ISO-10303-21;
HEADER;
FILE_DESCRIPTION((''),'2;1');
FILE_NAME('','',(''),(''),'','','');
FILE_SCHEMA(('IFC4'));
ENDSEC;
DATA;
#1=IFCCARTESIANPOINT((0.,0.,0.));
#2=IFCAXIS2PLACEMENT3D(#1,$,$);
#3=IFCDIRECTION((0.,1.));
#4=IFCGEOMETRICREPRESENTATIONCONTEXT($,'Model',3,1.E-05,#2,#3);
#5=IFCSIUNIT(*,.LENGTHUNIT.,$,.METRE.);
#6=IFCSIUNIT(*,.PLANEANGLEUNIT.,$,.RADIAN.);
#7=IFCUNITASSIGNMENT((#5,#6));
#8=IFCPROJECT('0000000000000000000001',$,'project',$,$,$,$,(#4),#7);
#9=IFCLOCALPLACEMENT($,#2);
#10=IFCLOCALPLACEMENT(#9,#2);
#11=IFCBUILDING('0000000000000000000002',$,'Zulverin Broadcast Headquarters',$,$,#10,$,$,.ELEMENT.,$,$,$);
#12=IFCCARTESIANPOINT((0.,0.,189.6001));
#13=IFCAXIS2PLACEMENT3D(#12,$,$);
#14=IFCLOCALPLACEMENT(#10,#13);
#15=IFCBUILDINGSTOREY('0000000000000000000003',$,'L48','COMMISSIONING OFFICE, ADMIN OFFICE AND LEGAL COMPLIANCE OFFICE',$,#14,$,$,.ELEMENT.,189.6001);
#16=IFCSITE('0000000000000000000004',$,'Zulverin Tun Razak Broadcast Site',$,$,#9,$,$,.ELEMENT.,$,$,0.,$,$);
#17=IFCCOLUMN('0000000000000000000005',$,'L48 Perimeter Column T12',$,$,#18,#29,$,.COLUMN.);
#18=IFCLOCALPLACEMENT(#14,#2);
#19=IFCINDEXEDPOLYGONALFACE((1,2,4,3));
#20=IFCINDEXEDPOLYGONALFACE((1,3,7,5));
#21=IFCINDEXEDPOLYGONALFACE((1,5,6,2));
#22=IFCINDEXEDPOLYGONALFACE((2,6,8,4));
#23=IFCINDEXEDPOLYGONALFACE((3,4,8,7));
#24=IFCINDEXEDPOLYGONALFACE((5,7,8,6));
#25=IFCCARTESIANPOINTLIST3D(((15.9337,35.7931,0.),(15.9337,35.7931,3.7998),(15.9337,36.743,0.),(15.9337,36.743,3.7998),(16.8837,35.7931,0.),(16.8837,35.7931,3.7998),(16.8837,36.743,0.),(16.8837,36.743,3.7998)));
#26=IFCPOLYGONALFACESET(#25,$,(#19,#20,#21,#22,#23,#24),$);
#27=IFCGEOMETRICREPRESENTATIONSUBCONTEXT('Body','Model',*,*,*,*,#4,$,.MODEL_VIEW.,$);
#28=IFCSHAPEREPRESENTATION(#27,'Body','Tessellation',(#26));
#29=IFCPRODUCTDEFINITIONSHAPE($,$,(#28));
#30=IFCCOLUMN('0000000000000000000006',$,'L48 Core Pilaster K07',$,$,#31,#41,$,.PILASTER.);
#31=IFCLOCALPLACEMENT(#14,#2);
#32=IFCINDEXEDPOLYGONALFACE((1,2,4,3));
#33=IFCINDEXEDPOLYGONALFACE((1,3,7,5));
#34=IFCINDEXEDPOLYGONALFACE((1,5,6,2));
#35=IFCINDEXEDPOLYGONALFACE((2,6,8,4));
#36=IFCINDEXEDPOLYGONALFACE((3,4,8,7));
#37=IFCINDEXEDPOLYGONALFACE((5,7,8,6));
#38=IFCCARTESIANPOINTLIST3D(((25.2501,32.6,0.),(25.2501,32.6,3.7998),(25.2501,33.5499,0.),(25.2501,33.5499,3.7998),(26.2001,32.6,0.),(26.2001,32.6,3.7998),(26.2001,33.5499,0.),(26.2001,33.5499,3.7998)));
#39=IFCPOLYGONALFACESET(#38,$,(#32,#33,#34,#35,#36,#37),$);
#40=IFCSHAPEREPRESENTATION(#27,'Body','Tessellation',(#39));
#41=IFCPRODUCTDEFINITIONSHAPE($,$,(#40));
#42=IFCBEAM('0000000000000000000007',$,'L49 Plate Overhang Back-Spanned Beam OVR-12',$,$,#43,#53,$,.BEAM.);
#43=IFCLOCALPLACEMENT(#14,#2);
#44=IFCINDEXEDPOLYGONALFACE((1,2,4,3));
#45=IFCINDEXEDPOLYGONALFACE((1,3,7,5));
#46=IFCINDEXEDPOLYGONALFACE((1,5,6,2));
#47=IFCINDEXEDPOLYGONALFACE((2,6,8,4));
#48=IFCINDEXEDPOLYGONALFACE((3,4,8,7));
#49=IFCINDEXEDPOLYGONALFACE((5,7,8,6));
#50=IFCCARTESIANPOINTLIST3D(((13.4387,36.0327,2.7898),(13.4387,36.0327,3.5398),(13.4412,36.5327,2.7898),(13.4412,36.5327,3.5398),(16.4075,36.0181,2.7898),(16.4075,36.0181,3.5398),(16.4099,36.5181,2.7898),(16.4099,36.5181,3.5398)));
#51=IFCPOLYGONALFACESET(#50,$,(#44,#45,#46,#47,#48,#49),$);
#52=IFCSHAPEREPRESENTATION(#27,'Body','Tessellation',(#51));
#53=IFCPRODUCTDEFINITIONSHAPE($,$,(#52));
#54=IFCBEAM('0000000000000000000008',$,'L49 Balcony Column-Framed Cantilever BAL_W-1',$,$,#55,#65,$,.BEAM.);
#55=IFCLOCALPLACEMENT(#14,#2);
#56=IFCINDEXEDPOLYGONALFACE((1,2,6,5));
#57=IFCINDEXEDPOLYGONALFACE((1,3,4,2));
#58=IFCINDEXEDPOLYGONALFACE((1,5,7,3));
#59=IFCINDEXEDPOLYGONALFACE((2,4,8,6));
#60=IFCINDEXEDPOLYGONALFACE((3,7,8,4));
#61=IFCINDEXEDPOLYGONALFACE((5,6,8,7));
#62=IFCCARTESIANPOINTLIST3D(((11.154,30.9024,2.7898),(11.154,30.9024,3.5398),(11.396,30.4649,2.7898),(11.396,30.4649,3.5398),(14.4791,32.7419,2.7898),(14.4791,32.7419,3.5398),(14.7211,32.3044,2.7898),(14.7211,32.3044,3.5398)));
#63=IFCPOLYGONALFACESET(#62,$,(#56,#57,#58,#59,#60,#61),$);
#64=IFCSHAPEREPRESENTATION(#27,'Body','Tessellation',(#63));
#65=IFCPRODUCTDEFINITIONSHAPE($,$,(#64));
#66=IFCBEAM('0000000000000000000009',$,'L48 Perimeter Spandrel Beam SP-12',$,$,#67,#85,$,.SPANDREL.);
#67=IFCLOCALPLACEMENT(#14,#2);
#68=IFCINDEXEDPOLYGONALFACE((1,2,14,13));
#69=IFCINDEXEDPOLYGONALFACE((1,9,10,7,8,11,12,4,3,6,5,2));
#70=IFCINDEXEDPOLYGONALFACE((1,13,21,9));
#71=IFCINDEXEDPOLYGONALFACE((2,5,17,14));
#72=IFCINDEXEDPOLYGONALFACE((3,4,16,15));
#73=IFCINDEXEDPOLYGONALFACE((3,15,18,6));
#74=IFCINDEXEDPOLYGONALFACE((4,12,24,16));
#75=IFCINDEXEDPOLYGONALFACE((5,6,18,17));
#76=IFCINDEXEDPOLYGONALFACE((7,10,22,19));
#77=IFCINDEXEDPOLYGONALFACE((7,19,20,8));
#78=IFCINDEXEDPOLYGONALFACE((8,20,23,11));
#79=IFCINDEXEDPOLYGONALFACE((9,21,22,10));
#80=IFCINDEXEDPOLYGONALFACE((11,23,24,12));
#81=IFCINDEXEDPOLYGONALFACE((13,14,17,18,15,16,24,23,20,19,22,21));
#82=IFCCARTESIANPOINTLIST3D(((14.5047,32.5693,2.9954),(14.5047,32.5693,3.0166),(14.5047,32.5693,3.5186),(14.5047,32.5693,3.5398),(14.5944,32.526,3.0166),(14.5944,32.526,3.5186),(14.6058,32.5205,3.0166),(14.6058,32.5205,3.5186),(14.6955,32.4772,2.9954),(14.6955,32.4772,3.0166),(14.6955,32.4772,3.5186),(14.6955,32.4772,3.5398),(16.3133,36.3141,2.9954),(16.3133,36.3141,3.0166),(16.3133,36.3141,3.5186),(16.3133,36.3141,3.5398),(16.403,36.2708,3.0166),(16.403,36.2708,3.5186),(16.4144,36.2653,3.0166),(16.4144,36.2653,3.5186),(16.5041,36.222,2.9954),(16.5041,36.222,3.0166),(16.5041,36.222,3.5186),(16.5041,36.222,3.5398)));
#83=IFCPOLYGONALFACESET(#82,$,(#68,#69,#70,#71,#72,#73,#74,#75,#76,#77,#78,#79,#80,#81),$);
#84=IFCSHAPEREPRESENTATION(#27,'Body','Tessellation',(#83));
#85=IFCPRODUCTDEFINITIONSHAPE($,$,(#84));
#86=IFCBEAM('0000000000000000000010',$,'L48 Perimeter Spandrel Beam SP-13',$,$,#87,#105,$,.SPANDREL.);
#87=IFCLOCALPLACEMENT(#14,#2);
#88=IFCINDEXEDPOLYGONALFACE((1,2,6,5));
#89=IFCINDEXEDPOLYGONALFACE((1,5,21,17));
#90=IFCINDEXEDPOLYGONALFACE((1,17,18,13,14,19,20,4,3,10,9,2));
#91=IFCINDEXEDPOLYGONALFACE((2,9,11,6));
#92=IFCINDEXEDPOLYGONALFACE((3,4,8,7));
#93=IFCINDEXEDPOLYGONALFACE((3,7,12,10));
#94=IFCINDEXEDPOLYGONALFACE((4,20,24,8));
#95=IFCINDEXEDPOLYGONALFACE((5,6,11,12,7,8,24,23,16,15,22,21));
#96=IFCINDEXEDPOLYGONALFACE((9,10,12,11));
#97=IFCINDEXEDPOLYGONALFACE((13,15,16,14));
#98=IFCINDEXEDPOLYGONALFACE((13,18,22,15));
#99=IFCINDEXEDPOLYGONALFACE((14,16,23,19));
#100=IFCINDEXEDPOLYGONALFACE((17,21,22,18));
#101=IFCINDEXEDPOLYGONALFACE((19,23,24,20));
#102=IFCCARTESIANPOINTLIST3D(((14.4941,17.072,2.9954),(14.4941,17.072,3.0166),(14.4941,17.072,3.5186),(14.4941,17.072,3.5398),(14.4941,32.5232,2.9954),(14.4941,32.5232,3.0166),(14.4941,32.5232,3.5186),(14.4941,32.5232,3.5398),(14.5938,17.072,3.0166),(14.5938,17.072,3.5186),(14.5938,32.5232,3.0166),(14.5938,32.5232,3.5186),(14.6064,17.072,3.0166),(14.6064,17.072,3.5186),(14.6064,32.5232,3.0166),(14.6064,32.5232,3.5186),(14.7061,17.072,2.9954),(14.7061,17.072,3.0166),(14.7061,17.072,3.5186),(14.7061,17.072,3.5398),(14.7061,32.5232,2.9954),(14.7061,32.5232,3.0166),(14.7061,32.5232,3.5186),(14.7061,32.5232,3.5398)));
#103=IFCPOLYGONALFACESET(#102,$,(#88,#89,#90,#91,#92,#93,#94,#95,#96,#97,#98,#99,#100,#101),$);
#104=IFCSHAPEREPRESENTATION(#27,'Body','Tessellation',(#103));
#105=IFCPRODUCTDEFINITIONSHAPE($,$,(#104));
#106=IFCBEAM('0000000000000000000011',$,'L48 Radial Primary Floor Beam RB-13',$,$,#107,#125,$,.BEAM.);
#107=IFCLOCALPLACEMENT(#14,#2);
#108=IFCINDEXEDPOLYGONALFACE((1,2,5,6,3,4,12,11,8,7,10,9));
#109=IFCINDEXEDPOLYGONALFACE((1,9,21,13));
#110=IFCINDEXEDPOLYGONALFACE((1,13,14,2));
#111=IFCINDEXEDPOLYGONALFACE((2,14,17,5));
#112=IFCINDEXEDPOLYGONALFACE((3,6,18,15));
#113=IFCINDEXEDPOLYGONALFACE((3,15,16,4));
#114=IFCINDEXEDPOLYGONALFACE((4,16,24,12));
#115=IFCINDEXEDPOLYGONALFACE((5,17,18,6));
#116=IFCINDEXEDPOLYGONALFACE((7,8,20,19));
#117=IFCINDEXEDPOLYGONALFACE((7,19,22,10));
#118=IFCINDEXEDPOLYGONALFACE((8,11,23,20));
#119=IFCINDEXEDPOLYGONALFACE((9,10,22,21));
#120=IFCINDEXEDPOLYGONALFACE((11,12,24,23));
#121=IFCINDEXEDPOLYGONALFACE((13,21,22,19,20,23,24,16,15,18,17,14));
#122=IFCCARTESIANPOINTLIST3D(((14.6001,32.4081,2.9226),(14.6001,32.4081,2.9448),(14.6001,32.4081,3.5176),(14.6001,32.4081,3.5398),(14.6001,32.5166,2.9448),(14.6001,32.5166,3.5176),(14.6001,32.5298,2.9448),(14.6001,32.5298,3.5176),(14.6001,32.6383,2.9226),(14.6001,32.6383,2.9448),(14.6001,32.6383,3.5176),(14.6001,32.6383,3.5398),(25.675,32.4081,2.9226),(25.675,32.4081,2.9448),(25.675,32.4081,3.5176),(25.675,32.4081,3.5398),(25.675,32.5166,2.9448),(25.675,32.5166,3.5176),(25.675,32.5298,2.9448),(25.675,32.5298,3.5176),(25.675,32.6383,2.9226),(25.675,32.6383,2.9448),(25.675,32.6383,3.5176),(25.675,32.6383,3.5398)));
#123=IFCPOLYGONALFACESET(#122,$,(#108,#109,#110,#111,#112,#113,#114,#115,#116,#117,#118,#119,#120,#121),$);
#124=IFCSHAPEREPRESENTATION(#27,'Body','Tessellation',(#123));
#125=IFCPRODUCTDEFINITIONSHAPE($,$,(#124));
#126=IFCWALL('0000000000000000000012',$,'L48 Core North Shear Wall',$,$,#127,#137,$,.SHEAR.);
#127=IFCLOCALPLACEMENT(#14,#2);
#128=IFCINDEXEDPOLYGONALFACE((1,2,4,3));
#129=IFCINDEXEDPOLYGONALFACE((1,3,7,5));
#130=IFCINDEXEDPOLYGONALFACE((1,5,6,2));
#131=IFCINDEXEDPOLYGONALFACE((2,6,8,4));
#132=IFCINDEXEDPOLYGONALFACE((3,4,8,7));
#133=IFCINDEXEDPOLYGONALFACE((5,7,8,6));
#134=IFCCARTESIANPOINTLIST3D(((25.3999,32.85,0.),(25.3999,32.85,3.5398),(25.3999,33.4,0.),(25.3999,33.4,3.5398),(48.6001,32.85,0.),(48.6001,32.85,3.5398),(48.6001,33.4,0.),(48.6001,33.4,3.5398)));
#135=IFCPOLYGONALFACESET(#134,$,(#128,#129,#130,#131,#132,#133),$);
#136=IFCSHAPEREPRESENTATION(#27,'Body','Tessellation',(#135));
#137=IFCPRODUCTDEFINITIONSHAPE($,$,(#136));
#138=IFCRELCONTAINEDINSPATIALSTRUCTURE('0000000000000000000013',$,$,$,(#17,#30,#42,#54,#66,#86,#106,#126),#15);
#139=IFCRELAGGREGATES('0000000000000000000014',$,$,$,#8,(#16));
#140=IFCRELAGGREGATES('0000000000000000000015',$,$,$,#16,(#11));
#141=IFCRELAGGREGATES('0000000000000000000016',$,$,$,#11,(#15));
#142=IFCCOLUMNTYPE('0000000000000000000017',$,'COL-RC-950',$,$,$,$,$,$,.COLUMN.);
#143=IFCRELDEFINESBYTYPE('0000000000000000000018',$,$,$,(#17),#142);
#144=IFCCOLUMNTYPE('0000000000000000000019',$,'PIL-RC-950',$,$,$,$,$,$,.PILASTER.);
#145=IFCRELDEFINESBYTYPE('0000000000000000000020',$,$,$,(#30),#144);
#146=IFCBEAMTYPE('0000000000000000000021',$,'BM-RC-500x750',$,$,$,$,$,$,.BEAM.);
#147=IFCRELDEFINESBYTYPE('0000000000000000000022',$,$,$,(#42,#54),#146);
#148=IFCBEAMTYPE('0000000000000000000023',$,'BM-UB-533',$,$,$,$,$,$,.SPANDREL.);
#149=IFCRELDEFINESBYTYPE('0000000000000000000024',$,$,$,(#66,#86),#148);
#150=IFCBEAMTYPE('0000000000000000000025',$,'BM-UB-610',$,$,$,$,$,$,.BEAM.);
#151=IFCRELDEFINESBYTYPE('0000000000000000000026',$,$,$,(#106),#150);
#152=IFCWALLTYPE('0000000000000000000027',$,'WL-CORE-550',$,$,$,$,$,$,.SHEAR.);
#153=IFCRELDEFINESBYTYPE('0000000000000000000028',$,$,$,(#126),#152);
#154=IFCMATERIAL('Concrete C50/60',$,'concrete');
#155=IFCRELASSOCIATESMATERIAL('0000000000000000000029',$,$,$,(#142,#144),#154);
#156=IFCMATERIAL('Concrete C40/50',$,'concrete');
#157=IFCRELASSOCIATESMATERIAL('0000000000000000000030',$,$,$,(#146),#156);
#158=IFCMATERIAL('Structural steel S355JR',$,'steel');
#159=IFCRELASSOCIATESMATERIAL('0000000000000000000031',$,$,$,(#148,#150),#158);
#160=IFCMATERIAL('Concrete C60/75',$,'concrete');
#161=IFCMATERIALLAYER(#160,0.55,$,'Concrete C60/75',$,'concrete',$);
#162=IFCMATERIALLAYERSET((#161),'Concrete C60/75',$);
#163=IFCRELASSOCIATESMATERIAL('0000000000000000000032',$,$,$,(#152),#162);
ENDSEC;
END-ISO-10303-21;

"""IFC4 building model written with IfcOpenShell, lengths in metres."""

from ifc_helpers import new_model, si_unit, direction, frame, frame_2d, origin, origin_2d, place, context, subcontext, project, spatial, rectangle, i_section, extrude, material, layer, layer_set, material_profile, profile_set, type_object, element, save


model = new_model("IFC4")

# Units and contexts
model_context = context("Model", 3, precision=1e-05, world=origin(), true_north=direction((0.0, 1.0)))
body_context = subcontext(model_context, "Body", "Model", "MODEL_VIEW")
ifc_project = project(units=[si_unit("LENGTHUNIT", "METRE"), si_unit("PLANEANGLEUNIT", "RADIAN")], contexts=[model_context])

# Site, building, storey
site_placement = place(None, origin())
site = spatial("IfcSite", under=ifc_project, at=site_placement, Name="Zulverin Tun Razak Broadcast Site", CompositionType="ELEMENT", RefElevation=0.0)
building_placement = place(site_placement, origin())
building = spatial("IfcBuilding", under=site, at=building_placement, Name="Zulverin Broadcast Headquarters", CompositionType="ELEMENT")
storey_placement = place(building_placement, frame((0.0, 0.0, 189.6001)))
storey = spatial("IfcBuildingStorey", under=building, at=storey_placement, Name="L48", Description="COMMISSIONING OFFICE, ADMIN OFFICE AND LEGAL COMPLIANCE OFFICE", CompositionType="ELEMENT", Elevation=189.6001)

# Columns
ifc_material_1 = material(Name="Concrete C50/60", Category="concrete")
ifc_material_profile_1 = material_profile(ifc_material_1, rectangle(XDim=0.95, YDim=0.95, at=origin_2d()), Name="Concrete C50/60", Category="concrete")
ifc_profile_set_1 = profile_set([ifc_material_profile_1], Name="Concrete C50/60")
column_type_1 = type_object("IfcColumnType", Name="COL-RC-950", PredefinedType="COLUMN", material=ifc_profile_set_1)
column_1_placement = place(storey_placement, frame((16.4087, 36.2681, 0.0), z_axis=(0.0, 0.0, 1.0), x_axis=(1.0, 0.0, 0.0)))
element("IfcColumn", 1, at=column_1_placement, inside=storey, type_object=column_type_1, Name="L48 Perimeter Column T12", PredefinedType="COLUMN", context=body_context, shape_type="SweptSolid", body=[
    extrude(rectangle(XDim=0.95, YDim=0.95, at=origin_2d()), origin(), (0.0, 0.0, 1.0), 3.7998),
])
ifc_material_profile_2 = material_profile(ifc_material_1, rectangle(XDim=0.95, YDim=0.95, at=origin_2d()), Name="Concrete C50/60", Category="concrete")
ifc_profile_set_2 = profile_set([ifc_material_profile_2], Name="Concrete C50/60")
column_type_2 = type_object("IfcColumnType", Name="PIL-RC-950", PredefinedType="PILASTER", material=ifc_profile_set_2)
column_2_placement = place(storey_placement, frame((25.7251, 33.075, 0.0), z_axis=(0.0, 0.0, 1.0), x_axis=(1.0, 0.0, 0.0)))
element("IfcColumn", 2, at=column_2_placement, inside=storey, type_object=column_type_2, Name="L48 Core Pilaster K07", PredefinedType="PILASTER", context=body_context, shape_type="SweptSolid", body=[
    extrude(rectangle(XDim=0.95, YDim=0.95, at=origin_2d()), origin(), (0.0, 0.0, 1.0), 3.7998),
])

# Beams
ifc_material_2 = material(Name="Concrete C40/50", Category="concrete")
ifc_material_profile_3 = material_profile(ifc_material_2, rectangle(XDim=0.5, YDim=0.75, at=origin_2d()), Name="Concrete C40/50", Category="concrete")
ifc_profile_set_3 = profile_set([ifc_material_profile_3], Name="Concrete C40/50")
beam_type_1 = type_object("IfcBeamType", Name="BM-RC-500x750", PredefinedType="BEAM", material=ifc_profile_set_3)
beam_1_placement = place(storey_placement, frame((16.4087, 36.2681, 3.1648), z_axis=(-0.999988, 0.004934, 0.0), x_axis=(-0.004934, -0.999988, 0.0)))
element("IfcBeam", 3, at=beam_1_placement, inside=storey, type_object=beam_type_1, Name="L49 Plate Overhang Back-Spanned Beam OVR-12", PredefinedType="BEAM", context=body_context, shape_type="SweptSolid", body=[
    extrude(rectangle(XDim=0.5, YDim=0.75, at=origin_2d()), origin(), (0.0, 0.0, 1.0), 2.9688),
])
beam_2_placement = place(storey_placement, frame((14.6001, 32.5232, 3.1648), z_axis=(-0.87502, -0.484088, 0.0), x_axis=(0.484088, -0.87502, 0.0)))
element("IfcBeam", 4, at=beam_2_placement, inside=storey, type_object=beam_type_1, Name="L49 Balcony Column-Framed Cantilever BAL_W-1", PredefinedType="BEAM", context=body_context, shape_type="SweptSolid", body=[
    extrude(rectangle(XDim=0.5, YDim=0.75, at=origin_2d()), origin(), (0.0, 0.0, 1.0), 3.8),
])
ifc_material_3 = material(Name="Structural steel S355JR", Category="steel")
ifc_material_profile_4 = material_profile(ifc_material_3, i_section(OverallWidth=0.2119, OverallDepth=0.5444, WebThickness=0.0127, FlangeThickness=0.0212, at=origin_2d()), Name="Structural steel S355JR", Category="steel")
ifc_profile_set_4 = profile_set([ifc_material_profile_4], Name="Structural steel S355JR")
beam_type_2 = type_object("IfcBeamType", Name="BM-UB-533", PredefinedType="SPANDREL", material=ifc_profile_set_4)
beam_3_placement = place(storey_placement, frame((16.4087, 36.2681, 3.2676), z_axis=(-0.43489, -0.900483, 0.0), x_axis=(0.900483, -0.43489, 0.0)))
element("IfcBeam", 5, at=beam_3_placement, inside=storey, type_object=beam_type_2, Name="L48 Perimeter Spandrel Beam SP-12", PredefinedType="SPANDREL", context=body_context, shape_type="SweptSolid", body=[
    extrude(i_section(OverallWidth=0.2119, OverallDepth=0.5444, WebThickness=0.0127, FlangeThickness=0.0212, at=origin_2d()), origin(), (0.0, 0.0, 1.0), 4.1587),
])
beam_4_placement = place(storey_placement, frame((14.6001, 32.5232, 3.2676), z_axis=(0.0, -1.0, 0.0), x_axis=(1.0, 0.0, 0.0)))
element("IfcBeam", 6, at=beam_4_placement, inside=storey, type_object=beam_type_2, Name="L48 Perimeter Spandrel Beam SP-13", PredefinedType="SPANDREL", context=body_context, shape_type="SweptSolid", body=[
    extrude(i_section(OverallWidth=0.2119, OverallDepth=0.5444, WebThickness=0.0127, FlangeThickness=0.0212, at=origin_2d()), origin(), (0.0, 0.0, 1.0), 15.4512),
])
ifc_material_profile_5 = material_profile(ifc_material_3, i_section(OverallWidth=0.2302, OverallDepth=0.6172, WebThickness=0.0132, FlangeThickness=0.0222, at=origin_2d()), Name="Structural steel S355JR", Category="steel")
ifc_profile_set_5 = profile_set([ifc_material_profile_5], Name="Structural steel S355JR")
beam_type_3 = type_object("IfcBeamType", Name="BM-UB-610", PredefinedType="BEAM", material=ifc_profile_set_5)
beam_5_placement = place(storey_placement, frame((25.675, 32.5232, 3.2312), z_axis=(-1.0, 0.0, 0.0), x_axis=(0.0, -1.0, 0.0)))
element("IfcBeam", 7, at=beam_5_placement, inside=storey, type_object=beam_type_3, Name="L48 Radial Primary Floor Beam RB-13", PredefinedType="BEAM", context=body_context, shape_type="SweptSolid", body=[
    extrude(i_section(OverallWidth=0.2302, OverallDepth=0.6172, WebThickness=0.0132, FlangeThickness=0.0222, at=origin_2d()), origin(), (0.0, 0.0, 1.0), 11.075),
])

# Wall
ifc_material_4 = material(Name="Concrete C60/75", Category="concrete")
ifc_layer_1 = layer(ifc_material_4, 0.55, Name="Concrete C60/75", Category="concrete")
ifc_layer_set_1 = layer_set([ifc_layer_1], Name="Concrete C60/75")
wall_type_1 = type_object("IfcWallType", Name="WL-CORE-550", PredefinedType="SHEAR", material=ifc_layer_set_1)
wall_1_placement = place(storey_placement, frame((25.3999, 33.125, 0.0), z_axis=(0.0, 0.0, 1.0), x_axis=(1.0, 0.0, 0.0)))
element("IfcWall", 8, at=wall_1_placement, inside=storey, type_object=wall_type_1, Name="L48 Core North Shear Wall", PredefinedType="SHEAR", context=body_context, shape_type="SweptSolid", body=[
    extrude(rectangle(XDim=23.2002, YDim=0.55, at=frame_2d((11.6001, 0.0))), origin(), (0.0, 0.0, 1.0), 3.5398),
])

save(model, "model.ifc")
